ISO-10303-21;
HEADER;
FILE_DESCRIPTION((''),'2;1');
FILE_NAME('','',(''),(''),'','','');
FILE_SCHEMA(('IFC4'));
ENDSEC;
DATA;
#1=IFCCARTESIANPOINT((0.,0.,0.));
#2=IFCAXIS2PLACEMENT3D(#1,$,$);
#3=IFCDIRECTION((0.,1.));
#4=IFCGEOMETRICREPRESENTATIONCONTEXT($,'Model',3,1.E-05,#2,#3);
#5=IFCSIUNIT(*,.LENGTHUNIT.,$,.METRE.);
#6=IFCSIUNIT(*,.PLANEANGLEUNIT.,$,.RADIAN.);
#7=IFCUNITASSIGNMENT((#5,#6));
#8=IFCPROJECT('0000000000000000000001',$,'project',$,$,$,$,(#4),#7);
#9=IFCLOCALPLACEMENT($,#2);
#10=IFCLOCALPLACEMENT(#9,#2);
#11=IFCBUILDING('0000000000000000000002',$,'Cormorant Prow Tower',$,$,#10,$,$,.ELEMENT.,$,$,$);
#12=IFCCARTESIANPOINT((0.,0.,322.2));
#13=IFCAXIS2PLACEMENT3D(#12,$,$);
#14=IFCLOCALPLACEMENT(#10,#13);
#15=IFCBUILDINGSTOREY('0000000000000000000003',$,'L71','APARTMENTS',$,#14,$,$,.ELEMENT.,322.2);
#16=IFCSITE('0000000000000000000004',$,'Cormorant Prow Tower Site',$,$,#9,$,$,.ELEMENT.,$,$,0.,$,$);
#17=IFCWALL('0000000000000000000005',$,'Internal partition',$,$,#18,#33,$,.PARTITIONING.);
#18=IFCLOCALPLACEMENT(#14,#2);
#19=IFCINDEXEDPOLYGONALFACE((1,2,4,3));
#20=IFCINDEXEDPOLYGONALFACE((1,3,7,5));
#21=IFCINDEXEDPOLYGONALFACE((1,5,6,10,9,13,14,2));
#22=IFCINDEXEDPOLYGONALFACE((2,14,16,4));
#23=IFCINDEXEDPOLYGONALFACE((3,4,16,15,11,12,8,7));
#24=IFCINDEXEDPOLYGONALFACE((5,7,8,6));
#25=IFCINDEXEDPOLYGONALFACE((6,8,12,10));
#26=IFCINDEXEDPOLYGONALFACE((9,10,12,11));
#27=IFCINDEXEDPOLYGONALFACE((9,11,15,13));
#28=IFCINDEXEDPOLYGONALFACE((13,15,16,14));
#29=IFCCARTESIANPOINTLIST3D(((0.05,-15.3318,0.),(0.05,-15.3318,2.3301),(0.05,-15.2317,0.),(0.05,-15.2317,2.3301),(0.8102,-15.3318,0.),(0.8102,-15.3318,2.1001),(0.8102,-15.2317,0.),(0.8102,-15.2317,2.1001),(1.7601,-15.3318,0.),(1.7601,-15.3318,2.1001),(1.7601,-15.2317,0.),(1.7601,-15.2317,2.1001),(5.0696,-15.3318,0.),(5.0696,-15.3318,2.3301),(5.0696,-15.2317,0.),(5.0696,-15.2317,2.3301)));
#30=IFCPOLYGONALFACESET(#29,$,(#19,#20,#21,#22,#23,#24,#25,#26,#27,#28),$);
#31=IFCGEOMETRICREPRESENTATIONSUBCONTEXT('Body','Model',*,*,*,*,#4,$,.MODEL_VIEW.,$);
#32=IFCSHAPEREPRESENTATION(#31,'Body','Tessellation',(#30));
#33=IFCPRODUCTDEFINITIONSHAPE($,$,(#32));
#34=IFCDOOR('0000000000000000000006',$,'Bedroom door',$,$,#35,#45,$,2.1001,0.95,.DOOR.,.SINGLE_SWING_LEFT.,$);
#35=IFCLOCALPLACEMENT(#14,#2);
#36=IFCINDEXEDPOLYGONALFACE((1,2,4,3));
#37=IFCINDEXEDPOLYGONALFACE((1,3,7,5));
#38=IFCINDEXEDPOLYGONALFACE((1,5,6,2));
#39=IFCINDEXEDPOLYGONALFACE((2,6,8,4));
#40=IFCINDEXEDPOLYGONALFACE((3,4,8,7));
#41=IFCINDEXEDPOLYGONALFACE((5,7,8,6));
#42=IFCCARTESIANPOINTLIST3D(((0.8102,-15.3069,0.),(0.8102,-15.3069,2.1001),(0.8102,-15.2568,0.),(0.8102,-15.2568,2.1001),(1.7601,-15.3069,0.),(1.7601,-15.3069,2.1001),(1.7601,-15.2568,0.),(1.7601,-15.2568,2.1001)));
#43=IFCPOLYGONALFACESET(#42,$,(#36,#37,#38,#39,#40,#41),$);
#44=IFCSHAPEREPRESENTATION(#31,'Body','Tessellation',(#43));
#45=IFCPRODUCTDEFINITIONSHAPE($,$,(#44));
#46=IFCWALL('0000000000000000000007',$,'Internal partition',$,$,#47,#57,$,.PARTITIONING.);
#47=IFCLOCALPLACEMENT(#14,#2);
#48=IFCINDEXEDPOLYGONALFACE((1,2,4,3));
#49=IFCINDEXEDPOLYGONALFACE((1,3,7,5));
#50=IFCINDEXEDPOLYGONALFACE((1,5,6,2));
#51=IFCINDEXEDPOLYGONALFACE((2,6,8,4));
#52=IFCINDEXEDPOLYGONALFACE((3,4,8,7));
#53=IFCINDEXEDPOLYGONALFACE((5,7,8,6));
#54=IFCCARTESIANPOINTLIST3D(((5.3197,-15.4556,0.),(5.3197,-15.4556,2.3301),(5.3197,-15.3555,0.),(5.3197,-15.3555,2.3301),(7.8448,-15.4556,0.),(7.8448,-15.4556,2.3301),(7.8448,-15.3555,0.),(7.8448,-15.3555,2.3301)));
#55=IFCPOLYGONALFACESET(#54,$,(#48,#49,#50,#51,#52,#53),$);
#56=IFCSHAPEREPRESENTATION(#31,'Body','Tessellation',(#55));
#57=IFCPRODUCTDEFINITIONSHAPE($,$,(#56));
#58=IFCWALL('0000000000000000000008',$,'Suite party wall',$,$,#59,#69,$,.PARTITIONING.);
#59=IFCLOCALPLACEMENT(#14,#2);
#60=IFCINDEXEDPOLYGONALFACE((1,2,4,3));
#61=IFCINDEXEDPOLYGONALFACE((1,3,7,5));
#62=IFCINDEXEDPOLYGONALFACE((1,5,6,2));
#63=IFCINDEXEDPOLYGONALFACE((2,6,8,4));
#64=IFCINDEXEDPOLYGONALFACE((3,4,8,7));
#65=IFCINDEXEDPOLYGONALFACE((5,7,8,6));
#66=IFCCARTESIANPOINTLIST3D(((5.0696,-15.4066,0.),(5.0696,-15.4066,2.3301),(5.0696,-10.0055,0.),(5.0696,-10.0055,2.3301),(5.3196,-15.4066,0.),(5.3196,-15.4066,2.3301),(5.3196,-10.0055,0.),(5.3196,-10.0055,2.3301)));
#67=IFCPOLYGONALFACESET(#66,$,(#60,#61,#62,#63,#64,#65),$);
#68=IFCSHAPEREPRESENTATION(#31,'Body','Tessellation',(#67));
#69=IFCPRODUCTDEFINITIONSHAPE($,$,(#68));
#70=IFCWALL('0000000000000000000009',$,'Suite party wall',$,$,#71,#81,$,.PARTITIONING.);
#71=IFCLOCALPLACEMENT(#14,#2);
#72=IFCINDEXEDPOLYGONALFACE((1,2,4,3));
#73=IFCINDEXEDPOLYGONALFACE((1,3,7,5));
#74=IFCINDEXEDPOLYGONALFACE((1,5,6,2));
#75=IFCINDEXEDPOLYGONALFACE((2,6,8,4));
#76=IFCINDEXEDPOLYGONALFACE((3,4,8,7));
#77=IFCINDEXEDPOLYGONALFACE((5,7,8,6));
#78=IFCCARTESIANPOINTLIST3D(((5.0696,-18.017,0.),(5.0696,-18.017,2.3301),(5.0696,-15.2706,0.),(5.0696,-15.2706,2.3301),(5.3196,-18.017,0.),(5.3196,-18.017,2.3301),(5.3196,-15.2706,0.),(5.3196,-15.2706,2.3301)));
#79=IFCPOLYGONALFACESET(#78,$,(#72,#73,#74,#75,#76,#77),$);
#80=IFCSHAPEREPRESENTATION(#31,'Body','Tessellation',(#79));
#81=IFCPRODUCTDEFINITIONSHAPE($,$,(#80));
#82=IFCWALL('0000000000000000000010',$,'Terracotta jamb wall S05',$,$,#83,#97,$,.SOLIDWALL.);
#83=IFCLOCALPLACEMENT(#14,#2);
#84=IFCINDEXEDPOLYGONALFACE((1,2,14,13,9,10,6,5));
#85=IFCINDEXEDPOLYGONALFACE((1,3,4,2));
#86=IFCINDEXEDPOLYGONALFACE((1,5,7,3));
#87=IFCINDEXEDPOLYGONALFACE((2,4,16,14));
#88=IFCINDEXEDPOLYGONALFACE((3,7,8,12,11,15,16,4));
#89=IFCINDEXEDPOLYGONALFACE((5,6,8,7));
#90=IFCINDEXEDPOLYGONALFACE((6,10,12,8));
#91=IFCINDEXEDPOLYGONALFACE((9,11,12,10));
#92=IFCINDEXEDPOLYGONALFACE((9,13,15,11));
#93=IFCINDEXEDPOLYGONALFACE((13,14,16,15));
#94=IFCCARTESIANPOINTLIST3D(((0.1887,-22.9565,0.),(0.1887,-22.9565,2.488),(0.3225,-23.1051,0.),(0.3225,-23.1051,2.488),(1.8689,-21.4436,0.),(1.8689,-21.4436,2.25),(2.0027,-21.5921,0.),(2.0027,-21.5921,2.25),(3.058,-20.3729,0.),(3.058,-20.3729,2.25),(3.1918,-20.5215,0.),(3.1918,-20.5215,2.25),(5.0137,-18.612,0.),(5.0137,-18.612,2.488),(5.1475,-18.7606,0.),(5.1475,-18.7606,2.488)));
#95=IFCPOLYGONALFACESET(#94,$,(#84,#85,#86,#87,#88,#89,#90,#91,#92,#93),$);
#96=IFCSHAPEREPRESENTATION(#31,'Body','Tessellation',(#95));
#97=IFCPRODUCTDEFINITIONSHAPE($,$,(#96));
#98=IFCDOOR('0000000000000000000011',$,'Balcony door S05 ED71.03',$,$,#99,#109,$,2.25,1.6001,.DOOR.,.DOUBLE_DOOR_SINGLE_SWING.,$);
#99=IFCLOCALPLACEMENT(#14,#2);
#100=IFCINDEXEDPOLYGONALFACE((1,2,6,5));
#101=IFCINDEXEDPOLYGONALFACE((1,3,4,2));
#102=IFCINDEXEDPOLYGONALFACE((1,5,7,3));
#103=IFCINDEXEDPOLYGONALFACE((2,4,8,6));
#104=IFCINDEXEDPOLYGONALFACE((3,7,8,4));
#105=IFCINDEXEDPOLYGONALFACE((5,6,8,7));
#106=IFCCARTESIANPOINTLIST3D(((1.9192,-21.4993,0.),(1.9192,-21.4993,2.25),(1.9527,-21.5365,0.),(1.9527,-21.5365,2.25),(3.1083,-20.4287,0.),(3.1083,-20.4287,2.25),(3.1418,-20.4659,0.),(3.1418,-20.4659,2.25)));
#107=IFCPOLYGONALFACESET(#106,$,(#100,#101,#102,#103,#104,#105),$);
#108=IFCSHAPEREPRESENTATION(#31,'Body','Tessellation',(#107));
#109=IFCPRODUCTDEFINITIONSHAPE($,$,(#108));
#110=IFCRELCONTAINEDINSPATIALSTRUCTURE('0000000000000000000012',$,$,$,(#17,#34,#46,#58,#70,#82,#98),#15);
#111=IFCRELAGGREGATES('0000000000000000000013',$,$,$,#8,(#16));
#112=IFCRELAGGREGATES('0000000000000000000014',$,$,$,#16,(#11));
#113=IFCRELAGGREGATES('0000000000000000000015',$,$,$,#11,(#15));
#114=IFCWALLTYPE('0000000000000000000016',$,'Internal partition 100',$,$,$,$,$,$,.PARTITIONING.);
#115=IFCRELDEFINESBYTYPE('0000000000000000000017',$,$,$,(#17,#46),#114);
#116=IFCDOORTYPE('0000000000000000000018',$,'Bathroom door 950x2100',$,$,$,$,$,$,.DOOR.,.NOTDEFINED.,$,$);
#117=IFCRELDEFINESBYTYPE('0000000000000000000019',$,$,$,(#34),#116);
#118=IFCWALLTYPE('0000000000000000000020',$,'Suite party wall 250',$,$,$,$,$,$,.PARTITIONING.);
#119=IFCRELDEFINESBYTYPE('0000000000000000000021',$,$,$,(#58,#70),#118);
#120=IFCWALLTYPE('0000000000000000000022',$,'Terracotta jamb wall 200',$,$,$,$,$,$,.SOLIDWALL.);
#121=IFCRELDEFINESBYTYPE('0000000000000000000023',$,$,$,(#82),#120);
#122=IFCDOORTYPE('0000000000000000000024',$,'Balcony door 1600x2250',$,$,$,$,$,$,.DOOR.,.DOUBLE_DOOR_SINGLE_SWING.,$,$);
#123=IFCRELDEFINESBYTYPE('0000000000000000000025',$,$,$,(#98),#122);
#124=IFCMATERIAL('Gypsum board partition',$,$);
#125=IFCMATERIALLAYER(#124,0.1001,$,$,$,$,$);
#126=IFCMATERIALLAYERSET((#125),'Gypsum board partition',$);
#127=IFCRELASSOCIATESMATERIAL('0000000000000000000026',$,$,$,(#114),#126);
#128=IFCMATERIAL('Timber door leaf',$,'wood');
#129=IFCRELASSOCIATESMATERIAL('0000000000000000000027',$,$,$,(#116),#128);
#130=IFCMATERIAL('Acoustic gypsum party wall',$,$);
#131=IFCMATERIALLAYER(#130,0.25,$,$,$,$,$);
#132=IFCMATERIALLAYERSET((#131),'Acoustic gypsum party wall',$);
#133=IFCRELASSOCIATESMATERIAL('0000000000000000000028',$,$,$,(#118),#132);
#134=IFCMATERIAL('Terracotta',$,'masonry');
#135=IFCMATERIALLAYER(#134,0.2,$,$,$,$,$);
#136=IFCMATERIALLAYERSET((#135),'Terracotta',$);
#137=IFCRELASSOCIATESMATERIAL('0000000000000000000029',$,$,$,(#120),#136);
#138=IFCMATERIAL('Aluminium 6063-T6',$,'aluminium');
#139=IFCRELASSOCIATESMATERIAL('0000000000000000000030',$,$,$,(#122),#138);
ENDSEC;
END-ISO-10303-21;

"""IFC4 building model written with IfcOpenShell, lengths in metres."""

from ifc_helpers import new_model, si_unit, direction, frame, frame_2d, origin, place, context, subcontext, project, spatial, rectangle, extrude, material, layer, layer_set, type_object, element, fill, save


model = new_model("IFC4")

# Units and contexts
model_context = context("Model", 3, precision=1e-05, world=origin(), true_north=direction((0.0, 1.0)))
body_context = subcontext(model_context, "Body", "Model", "MODEL_VIEW")
ifc_project = project(units=[si_unit("LENGTHUNIT", "METRE"), si_unit("PLANEANGLEUNIT", "RADIAN")], contexts=[model_context])

# Site, building, storey
site_placement = place(None, origin())
site = spatial("IfcSite", under=ifc_project, at=site_placement, Name="Cormorant Prow Tower Site", CompositionType="ELEMENT", RefElevation=0.0)
building_placement = place(site_placement, origin())
building = spatial("IfcBuilding", under=site, at=building_placement, Name="Cormorant Prow Tower", CompositionType="ELEMENT")
storey_placement = place(building_placement, frame((0.0, 0.0, 322.2)))
storey = spatial("IfcBuildingStorey", under=building, at=storey_placement, Name="L71", Description="APARTMENTS", CompositionType="ELEMENT", Elevation=322.2)

# Wall, opening, door
ifc_material_1 = material(Name="Gypsum board partition")
ifc_layer_1 = layer(ifc_material_1, 0.1001)
ifc_layer_set_1 = layer_set([ifc_layer_1], Name="Gypsum board partition")
wall_type_1 = type_object("IfcWallType", Name="Internal partition 100", PredefinedType="PARTITIONING", material=ifc_layer_set_1)
ifc_material_2 = material(Name="Timber door leaf", Category="wood")
door_type_1 = type_object("IfcDoorType", Name="Bathroom door 950x2100", OperationType="NOTDEFINED", PredefinedType="DOOR", material=ifc_material_2)
wall_1_placement = place(storey_placement, frame((0.05, -15.2817, 0.0), z_axis=(0.0, 0.0, 1.0), x_axis=(1.0, 0.0, 0.0)))
wall_1 = element("IfcWall", 1, at=wall_1_placement, inside=storey, type_object=wall_type_1, Name="Internal partition", PredefinedType="PARTITIONING", context=body_context, shape_type="SweptSolid", body=[
    extrude(rectangle(XDim=5.0195, YDim=0.1001, at=frame_2d((2.5098, 0.0))), origin(), (0.0, 0.0, 1.0), 2.3301),
])
opening_1_placement = place(wall_1_placement, frame((0.76, 0.0, 0.0)))
opening_1 = element("IfcOpeningElement", 2, at=opening_1_placement, cuts=wall_1, PredefinedType="OPENING", context=body_context, shape_type="SweptSolid", body=[
    extrude(rectangle(XDim=0.95, YDim=2.1001, at=frame_2d((0.4751, 1.05))), frame((0.0, 0.0601, 0.0), z_axis=(0.0, -1.0, 0.0), x_axis=(1.0, 0.0, 0.0)), (0.0, 0.0, 1.0), 0.1201),
])
door_1_placement = place(opening_1_placement, origin())
door_1 = element("IfcDoor", 3, at=door_1_placement, inside=storey, type_object=door_type_1, Name="Bedroom door", OperationType="SINGLE_SWING_LEFT", OverallHeight=2.1001, OverallWidth=0.95, PredefinedType="DOOR", context=body_context, shape_type="SweptSolid", body=[
    extrude(rectangle(XDim=0.95, YDim=2.1001, at=frame_2d((0.4751, 1.05))), frame((0.0, 0.0249, 0.0), z_axis=(0.0, -1.0, 0.0), x_axis=(1.0, 0.0, 0.0)), (0.0, 0.0, 1.0), 0.05),
])
fill(opening_1, door_1)

# Walls
wall_2_placement = place(storey_placement, frame((5.3196, -15.4055, 0.0), z_axis=(0.0, 0.0, 1.0), x_axis=(1.0, 0.0, 0.0)))
element("IfcWall", 4, at=wall_2_placement, inside=storey, type_object=wall_type_1, Name="Internal partition", PredefinedType="PARTITIONING", context=body_context, shape_type="SweptSolid", body=[
    extrude(rectangle(XDim=2.5251, YDim=0.1001, at=frame_2d((1.2627, 0.0))), origin(), (0.0, 0.0, 1.0), 2.3301),
])
ifc_material_3 = material(Name="Acoustic gypsum party wall")
ifc_layer_2 = layer(ifc_material_3, 0.25)
ifc_layer_set_2 = layer_set([ifc_layer_2], Name="Acoustic gypsum party wall")
wall_type_2 = type_object("IfcWallType", Name="Suite party wall 250", PredefinedType="PARTITIONING", material=ifc_layer_set_2)
wall_3_placement = place(storey_placement, frame((5.1946, -15.4067, 0.0), z_axis=(0.0, 0.0, 1.0), x_axis=(0.0, 1.0, 0.0)))
element("IfcWall", 5, at=wall_3_placement, inside=storey, type_object=wall_type_2, Name="Suite party wall", PredefinedType="PARTITIONING", context=body_context, shape_type="SweptSolid", body=[
    extrude(rectangle(XDim=5.4011, YDim=0.25, at=frame_2d((2.7007, 0.0))), origin(), (0.0, 0.0, 1.0), 2.3301),
])
wall_4_placement = place(storey_placement, frame((5.1946, -18.0168, 0.0), z_axis=(0.0, 0.0, 1.0), x_axis=(0.0, 1.0, 0.0)))
element("IfcWall", 6, at=wall_4_placement, inside=storey, type_object=wall_type_2, Name="Suite party wall", PredefinedType="PARTITIONING", context=body_context, shape_type="SweptSolid", body=[
    extrude(rectangle(XDim=2.7463, YDim=0.25, at=frame_2d((1.373, 0.0))), origin(), (0.0, 0.0, 1.0), 2.3301),
])

# Wall, opening, door
ifc_material_4 = material(Name="Terracotta", Category="masonry")
ifc_layer_3 = layer(ifc_material_4, 0.2)
ifc_layer_set_3 = layer_set([ifc_layer_3], Name="Terracotta")
wall_type_3 = type_object("IfcWallType", Name="Terracotta jamb wall 200", PredefinedType="SOLIDWALL", material=ifc_layer_set_3)
wall_5_placement = place(storey_placement, frame((0.2556, -23.0308, 0.0), z_axis=(0.0, 0.0, 1.0), x_axis=(0.743139, 0.669137, 0.0)))
wall_5 = element("IfcWall", 7, at=wall_5_placement, inside=storey, type_object=wall_type_3, Name="Terracotta jamb wall S05", PredefinedType="SOLIDWALL", context=body_context, shape_type="SweptSolid", body=[
    extrude(rectangle(XDim=6.4927, YDim=0.2, at=frame_2d((3.2463, 0.0))), origin(), (0.0, 0.0, 1.0), 2.488),
])
opening_2_placement = place(wall_5_placement, frame((2.261, 0.0, 0.0)))
opening_2 = element("IfcOpeningElement", 8, at=opening_2_placement, cuts=wall_5, PredefinedType="OPENING", context=body_context, shape_type="SweptSolid", body=[
    extrude(rectangle(XDim=1.6001, YDim=2.25, at=frame_2d((0.8, 1.125))), frame((0.0, 0.1099, 0.0), z_axis=(0.0, -1.0, 0.0), x_axis=(1.0, 0.0, 0.0)), (0.0, 0.0, 1.0), 0.22),
])
ifc_material_5 = material(Name="Aluminium 6063-T6", Category="aluminium")
door_type_2 = type_object("IfcDoorType", Name="Balcony door 1600x2250", OperationType="DOUBLE_DOOR_SINGLE_SWING", PredefinedType="DOOR", material=ifc_material_5)
door_2_placement = place(opening_2_placement, origin())
door_2 = element("IfcDoor", 9, at=door_2_placement, inside=storey, type_object=door_type_2, Name="Balcony door S05 ED71.03", OperationType="DOUBLE_DOOR_SINGLE_SWING", OverallHeight=2.25, OverallWidth=1.6001, PredefinedType="DOOR", context=body_context, shape_type="SweptSolid", body=[
    extrude(rectangle(XDim=1.6001, YDim=2.25, at=frame_2d((0.8, 1.125))), frame((0.0, 0.0249, 0.0), z_axis=(0.0, -1.0, 0.0), x_axis=(1.0, 0.0, 0.0)), (0.0, 0.0, 1.0), 0.05),
])
fill(opening_2, door_2)

save(model, "model.ifc")
